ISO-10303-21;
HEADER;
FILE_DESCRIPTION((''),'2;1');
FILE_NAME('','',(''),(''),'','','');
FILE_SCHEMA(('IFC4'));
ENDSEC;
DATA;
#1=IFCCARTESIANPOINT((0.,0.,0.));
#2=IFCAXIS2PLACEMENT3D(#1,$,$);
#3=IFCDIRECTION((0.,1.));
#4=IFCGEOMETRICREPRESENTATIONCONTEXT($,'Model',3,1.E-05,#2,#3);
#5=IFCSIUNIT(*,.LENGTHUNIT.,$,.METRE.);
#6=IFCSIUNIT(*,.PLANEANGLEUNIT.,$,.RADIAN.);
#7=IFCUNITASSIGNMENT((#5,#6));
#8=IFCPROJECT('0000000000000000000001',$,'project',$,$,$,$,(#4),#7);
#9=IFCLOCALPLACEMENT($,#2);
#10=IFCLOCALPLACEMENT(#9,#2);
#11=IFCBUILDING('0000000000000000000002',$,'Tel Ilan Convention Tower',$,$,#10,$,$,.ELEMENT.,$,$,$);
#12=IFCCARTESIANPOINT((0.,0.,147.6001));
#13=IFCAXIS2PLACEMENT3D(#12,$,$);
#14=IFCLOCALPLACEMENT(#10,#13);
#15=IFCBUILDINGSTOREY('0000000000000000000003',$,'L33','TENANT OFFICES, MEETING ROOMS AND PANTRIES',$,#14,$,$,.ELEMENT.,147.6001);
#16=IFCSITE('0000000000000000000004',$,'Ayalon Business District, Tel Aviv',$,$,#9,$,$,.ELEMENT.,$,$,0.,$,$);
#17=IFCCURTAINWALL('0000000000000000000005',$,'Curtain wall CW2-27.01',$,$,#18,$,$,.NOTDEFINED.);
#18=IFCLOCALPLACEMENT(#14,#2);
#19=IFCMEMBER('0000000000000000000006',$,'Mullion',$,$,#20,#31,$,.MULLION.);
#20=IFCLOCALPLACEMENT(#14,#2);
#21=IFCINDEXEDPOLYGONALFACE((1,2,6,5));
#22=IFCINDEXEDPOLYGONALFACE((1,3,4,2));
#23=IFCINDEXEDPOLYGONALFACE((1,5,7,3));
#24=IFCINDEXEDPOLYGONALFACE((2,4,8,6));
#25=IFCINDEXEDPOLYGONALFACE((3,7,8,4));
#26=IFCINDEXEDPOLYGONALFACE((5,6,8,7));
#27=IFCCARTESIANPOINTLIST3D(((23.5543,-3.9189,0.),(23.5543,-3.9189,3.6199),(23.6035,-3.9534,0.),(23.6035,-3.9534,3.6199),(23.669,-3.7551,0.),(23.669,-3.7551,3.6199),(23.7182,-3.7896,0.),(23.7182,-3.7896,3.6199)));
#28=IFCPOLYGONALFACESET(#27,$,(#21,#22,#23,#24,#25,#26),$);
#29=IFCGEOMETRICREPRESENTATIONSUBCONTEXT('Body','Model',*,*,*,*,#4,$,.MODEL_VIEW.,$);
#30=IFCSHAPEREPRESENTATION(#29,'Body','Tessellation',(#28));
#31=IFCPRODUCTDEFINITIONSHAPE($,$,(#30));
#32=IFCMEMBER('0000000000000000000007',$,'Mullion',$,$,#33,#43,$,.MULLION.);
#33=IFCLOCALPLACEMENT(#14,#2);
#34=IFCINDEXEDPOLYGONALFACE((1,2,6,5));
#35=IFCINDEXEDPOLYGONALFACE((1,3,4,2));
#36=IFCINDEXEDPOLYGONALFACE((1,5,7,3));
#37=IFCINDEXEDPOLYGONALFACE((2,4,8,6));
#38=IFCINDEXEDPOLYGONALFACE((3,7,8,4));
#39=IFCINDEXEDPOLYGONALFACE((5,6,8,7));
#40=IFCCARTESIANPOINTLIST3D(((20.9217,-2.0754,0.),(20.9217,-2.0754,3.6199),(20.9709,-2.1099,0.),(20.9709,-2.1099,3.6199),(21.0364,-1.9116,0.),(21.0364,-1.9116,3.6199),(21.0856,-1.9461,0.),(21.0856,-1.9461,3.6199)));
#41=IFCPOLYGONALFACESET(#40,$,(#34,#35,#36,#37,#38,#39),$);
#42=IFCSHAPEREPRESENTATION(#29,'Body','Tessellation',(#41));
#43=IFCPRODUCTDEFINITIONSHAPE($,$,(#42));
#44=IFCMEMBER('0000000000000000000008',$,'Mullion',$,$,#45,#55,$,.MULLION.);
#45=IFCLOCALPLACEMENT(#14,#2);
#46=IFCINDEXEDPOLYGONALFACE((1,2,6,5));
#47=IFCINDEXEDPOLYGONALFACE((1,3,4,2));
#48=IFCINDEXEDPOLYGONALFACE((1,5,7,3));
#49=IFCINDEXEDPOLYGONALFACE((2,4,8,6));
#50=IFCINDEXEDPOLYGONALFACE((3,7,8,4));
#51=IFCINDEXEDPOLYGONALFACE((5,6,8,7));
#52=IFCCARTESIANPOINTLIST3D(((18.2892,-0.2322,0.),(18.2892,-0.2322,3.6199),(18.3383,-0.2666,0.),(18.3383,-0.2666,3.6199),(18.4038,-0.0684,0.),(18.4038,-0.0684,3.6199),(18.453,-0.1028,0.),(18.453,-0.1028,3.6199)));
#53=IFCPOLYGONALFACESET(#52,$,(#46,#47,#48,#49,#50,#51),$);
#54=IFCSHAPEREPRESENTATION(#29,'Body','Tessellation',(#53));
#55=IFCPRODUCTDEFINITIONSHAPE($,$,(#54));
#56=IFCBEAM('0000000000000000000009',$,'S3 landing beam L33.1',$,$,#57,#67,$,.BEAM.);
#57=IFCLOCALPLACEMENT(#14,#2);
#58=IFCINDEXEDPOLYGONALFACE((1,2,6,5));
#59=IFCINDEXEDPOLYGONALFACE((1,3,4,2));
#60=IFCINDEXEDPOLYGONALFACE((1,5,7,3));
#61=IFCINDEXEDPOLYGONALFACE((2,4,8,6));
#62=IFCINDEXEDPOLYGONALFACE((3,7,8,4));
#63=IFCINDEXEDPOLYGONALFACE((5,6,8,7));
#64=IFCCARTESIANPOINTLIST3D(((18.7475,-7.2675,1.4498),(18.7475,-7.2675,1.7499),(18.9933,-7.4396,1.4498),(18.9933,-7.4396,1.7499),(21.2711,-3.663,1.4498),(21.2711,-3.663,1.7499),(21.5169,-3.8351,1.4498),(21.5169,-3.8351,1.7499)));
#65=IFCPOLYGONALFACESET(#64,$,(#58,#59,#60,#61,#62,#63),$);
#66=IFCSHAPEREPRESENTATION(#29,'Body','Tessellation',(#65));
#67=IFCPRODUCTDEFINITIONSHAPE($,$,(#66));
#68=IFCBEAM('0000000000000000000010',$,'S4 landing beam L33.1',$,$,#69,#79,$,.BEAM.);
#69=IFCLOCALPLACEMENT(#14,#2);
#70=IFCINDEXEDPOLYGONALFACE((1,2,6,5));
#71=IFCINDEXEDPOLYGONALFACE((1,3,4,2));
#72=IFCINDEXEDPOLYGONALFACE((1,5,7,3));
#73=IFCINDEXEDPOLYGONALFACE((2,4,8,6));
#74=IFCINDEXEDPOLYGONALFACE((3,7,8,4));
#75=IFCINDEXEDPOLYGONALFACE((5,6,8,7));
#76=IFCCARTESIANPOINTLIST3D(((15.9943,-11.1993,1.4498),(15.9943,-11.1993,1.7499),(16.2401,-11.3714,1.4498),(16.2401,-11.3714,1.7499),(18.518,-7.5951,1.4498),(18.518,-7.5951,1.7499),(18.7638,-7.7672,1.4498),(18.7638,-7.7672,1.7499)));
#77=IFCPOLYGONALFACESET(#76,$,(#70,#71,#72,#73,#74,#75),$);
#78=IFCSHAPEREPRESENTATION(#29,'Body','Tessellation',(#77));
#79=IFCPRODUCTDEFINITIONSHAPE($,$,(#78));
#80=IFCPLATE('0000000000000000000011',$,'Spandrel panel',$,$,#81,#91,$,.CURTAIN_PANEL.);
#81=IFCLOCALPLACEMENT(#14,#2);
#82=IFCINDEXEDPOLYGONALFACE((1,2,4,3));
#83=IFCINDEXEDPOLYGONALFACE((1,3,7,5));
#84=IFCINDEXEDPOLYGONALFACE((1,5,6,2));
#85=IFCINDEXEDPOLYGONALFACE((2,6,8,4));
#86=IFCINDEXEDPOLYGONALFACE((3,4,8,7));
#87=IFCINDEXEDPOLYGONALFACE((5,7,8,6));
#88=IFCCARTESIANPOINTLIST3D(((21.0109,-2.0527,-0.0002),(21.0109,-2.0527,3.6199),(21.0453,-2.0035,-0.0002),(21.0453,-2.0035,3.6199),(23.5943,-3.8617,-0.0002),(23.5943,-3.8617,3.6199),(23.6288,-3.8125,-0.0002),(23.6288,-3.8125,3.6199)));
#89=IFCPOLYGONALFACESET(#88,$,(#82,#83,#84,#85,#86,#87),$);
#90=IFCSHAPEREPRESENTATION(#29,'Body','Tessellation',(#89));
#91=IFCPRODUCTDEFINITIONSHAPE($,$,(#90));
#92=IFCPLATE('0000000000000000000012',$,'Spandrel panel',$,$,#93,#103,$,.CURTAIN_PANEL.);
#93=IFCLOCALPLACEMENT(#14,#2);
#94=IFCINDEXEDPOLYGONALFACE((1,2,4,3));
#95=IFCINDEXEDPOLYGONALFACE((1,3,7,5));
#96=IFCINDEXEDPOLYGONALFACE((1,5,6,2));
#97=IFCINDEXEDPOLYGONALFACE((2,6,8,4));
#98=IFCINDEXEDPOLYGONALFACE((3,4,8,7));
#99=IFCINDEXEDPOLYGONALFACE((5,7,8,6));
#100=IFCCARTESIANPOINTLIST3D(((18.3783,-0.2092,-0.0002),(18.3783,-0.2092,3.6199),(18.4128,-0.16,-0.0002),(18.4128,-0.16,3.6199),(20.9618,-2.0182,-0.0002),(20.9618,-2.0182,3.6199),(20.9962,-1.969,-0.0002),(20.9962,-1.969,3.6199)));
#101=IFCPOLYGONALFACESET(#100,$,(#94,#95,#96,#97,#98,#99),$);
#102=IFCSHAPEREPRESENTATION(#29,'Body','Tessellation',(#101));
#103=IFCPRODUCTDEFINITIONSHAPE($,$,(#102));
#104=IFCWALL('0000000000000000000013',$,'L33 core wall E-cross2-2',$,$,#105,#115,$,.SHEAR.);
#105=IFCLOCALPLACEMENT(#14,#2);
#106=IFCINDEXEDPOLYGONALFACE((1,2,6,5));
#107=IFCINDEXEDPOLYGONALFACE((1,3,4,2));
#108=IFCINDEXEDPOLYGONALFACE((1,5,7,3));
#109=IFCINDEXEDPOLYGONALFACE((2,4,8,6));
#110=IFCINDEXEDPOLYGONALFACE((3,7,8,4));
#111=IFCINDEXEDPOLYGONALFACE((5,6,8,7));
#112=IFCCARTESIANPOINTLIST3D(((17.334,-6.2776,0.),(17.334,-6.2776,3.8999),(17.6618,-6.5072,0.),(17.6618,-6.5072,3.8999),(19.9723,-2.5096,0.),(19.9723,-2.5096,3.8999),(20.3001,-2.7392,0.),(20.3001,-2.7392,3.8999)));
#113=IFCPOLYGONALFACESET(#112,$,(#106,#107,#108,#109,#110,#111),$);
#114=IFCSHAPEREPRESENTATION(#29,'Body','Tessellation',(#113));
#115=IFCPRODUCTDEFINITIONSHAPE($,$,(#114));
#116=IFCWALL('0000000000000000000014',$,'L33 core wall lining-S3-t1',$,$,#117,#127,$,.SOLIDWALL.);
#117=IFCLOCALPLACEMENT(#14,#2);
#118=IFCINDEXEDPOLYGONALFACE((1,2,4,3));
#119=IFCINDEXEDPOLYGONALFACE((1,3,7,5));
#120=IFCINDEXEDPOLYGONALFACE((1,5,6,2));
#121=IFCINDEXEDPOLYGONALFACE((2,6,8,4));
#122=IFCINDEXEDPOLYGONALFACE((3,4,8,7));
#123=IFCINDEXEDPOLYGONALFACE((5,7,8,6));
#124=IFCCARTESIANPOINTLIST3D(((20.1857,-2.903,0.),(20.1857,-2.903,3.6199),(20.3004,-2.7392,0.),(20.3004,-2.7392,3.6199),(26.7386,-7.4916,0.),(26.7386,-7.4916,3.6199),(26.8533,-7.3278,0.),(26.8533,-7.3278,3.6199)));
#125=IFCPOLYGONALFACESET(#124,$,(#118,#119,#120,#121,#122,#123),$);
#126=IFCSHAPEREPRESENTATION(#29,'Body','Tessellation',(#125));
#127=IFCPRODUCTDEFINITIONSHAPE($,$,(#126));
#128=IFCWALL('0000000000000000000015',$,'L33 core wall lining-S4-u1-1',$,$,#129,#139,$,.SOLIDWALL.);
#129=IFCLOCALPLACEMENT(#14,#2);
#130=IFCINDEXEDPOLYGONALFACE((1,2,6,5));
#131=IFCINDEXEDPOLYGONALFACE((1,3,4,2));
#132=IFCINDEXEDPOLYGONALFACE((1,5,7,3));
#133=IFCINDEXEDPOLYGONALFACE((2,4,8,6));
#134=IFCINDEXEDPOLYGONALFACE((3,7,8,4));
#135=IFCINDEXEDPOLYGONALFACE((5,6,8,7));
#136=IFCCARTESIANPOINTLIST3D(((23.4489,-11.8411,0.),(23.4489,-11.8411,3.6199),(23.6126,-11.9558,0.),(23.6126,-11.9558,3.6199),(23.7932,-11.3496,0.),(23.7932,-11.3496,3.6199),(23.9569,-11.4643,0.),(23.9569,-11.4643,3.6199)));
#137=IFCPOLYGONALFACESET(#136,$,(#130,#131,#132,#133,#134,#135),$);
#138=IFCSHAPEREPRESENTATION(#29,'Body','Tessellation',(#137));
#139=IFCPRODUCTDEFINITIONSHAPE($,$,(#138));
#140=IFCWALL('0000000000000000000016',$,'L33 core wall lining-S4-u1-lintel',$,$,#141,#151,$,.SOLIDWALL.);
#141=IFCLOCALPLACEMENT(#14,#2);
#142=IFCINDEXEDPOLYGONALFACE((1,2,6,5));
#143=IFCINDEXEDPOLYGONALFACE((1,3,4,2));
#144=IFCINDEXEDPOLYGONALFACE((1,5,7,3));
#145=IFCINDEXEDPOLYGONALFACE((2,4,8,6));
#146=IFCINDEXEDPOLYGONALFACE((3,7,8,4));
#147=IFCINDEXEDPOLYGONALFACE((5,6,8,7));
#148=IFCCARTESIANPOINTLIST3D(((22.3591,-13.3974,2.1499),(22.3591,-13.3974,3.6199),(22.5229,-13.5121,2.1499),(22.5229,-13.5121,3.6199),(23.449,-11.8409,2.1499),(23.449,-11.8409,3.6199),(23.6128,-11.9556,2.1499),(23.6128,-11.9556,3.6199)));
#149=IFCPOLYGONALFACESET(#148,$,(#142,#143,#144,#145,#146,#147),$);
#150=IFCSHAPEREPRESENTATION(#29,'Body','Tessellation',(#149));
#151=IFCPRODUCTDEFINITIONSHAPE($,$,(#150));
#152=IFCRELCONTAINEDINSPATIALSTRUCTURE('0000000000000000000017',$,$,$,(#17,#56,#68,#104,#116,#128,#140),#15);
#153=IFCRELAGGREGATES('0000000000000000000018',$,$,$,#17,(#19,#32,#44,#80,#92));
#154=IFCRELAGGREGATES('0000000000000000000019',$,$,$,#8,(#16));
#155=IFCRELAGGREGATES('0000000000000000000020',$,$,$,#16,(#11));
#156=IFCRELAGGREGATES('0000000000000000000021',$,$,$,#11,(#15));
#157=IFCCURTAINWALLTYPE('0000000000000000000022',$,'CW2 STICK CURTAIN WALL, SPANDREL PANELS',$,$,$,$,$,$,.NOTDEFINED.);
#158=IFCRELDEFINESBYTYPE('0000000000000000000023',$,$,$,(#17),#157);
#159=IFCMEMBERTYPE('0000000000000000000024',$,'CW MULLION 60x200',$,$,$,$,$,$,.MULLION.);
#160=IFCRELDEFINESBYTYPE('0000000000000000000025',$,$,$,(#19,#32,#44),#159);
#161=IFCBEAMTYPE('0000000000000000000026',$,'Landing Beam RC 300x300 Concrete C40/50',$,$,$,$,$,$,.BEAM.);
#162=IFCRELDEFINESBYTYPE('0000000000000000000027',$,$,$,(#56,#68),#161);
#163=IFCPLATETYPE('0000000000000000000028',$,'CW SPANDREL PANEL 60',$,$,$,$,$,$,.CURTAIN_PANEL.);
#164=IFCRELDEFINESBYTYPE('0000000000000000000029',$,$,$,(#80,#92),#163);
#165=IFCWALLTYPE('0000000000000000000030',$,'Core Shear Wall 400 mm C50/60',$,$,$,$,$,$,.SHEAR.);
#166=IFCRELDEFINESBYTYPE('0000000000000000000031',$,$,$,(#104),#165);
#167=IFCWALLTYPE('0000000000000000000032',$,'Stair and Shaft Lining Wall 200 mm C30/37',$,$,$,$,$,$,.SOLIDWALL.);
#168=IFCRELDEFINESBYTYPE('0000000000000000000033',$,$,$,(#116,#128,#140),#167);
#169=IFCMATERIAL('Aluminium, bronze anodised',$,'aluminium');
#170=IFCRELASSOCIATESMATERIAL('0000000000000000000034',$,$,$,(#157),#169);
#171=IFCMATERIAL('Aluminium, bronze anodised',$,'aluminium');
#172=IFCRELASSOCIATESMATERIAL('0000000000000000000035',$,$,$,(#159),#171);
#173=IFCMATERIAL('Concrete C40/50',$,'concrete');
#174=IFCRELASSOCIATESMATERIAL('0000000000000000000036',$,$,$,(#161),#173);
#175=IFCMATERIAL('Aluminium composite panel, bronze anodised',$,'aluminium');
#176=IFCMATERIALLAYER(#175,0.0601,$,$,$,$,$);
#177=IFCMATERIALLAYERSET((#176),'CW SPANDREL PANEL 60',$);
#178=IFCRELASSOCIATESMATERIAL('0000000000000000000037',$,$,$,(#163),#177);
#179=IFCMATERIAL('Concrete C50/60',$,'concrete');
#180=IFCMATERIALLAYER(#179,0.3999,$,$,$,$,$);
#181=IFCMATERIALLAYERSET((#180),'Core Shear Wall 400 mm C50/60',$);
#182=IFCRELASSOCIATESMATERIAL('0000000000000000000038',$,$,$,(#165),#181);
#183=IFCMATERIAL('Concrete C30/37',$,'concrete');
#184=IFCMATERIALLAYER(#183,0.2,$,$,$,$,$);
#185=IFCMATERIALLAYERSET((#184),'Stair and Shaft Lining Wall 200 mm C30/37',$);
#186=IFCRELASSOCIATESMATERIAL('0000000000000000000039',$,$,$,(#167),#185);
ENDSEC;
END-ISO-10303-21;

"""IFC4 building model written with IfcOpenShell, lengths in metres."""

from ifc_helpers import new_model, si_unit, direction, frame, frame_2d, origin, origin_2d, place, context, subcontext, project, spatial, polyline, rectangle, outline, extrude, material, layer, layer_set, material_profile, profile_set, type_object, element, aggregate, save


model = new_model("IFC4")

# Units and contexts
model_context = context("Model", 3, precision=1e-05, world=origin(), true_north=direction((0.0, 1.0)))
body_context = subcontext(model_context, "Body", "Model", "MODEL_VIEW")
ifc_project = project(units=[si_unit("LENGTHUNIT", "METRE"), si_unit("PLANEANGLEUNIT", "RADIAN")], contexts=[model_context])

# Site, building, storey
site_placement = place(None, origin())
site = spatial("IfcSite", under=ifc_project, at=site_placement, Name="Ayalon Business District, Tel Aviv", CompositionType="ELEMENT", RefElevation=0.0)
building_placement = place(site_placement, origin())
building = spatial("IfcBuilding", under=site, at=building_placement, Name="Tel Ilan Convention Tower", CompositionType="ELEMENT")
storey_placement = place(building_placement, frame((0.0, 0.0, 147.6001)))
storey = spatial("IfcBuildingStorey", under=building, at=storey_placement, Name="L33", Description="TENANT OFFICES, MEETING ROOMS AND PANTRIES", CompositionType="ELEMENT", Elevation=147.6001)

# Curtain wall, members
ifc_material_1 = material(Name="Aluminium, bronze anodised", Category="aluminium")
curtain_wall_type = type_object("IfcCurtainWallType", Name="CW2 STICK CURTAIN WALL, SPANDREL PANELS", PredefinedType="NOTDEFINED", material=ifc_material_1)
curtain_wall_placement = place(storey_placement, origin())
curtain_wall = element("IfcCurtainWall", 1, at=curtain_wall_placement, inside=storey, type_object=curtain_wall_type, Name="Curtain wall CW2-27.01", PredefinedType="NOTDEFINED")
ifc_material_2 = material(Name="Aluminium, bronze anodised", Category="aluminium")
ifc_material_profile_1 = material_profile(ifc_material_2, rectangle(XDim=0.0601, YDim=0.2, at=origin_2d()), Name="CW MULLION 60x200")
ifc_profile_set_1 = profile_set([ifc_material_profile_1], Name="Aluminium, bronze anodised")
member_type = type_object("IfcMemberType", Name="CW MULLION 60x200", PredefinedType="MULLION", material=ifc_profile_set_1)
member_1_placement = place(storey_placement, frame((23.6362, -3.8542, 0.0), z_axis=(0.0, 0.0, 1.0), x_axis=(-0.819152, 0.573576, 0.0)))
member_1 = element("IfcMember", 2, at=member_1_placement, type_object=member_type, Name="Mullion", PredefinedType="MULLION", context=body_context, shape_type="SweptSolid", body=[
    extrude(rectangle(XDim=0.0601, YDim=0.2, at=origin_2d()), origin(), (0.0, 0.0, 1.0), 3.6199),
])
member_2_placement = place(storey_placement, frame((21.0037, -2.0107, 0.0), z_axis=(0.0, 0.0, 1.0), x_axis=(-0.819152, 0.573576, 0.0)))
member_2 = element("IfcMember", 3, at=member_2_placement, type_object=member_type, Name="Mullion", PredefinedType="MULLION", context=body_context, shape_type="SweptSolid", body=[
    extrude(rectangle(XDim=0.0601, YDim=0.2, at=origin_2d()), origin(), (0.0, 0.0, 1.0), 3.6199),
])
member_3_placement = place(storey_placement, frame((18.3711, -0.1675, 0.0), z_axis=(0.0, 0.0, 1.0), x_axis=(-0.819152, 0.573576, 0.0)))
member_3 = element("IfcMember", 4, at=member_3_placement, type_object=member_type, Name="Mullion", PredefinedType="MULLION", context=body_context, shape_type="SweptSolid", body=[
    extrude(rectangle(XDim=0.0601, YDim=0.2, at=origin_2d()), origin(), (0.0, 0.0, 1.0), 3.6199),
])

# Beams
ifc_material_3 = material(Name="Concrete C40/50", Category="concrete")
ifc_material_profile_2 = material_profile(ifc_material_3, rectangle(XDim=0.3, YDim=0.3, at=origin_2d()), Name="RC 300x300")
ifc_profile_set_2 = profile_set([ifc_material_profile_2], Name="Concrete C40/50")
beam_type = type_object("IfcBeamType", Name="Landing Beam RC 300x300 Concrete C40/50", PredefinedType="BEAM", material=ifc_profile_set_2)
beam_1_placement = place(storey_placement, frame((21.394, -3.749, 1.5999), z_axis=(-0.573544, -0.819175, 0.0), x_axis=(0.819175, -0.573544, 0.0)))
element("IfcBeam", 5, at=beam_1_placement, inside=storey, type_object=beam_type, Name="S3 landing beam L33.1", PredefinedType="BEAM", context=body_context, shape_type="SweptSolid", body=[
    extrude(rectangle(XDim=0.3, YDim=0.3, at=origin_2d()), origin(), (0.0, 0.0, 1.0), 4.4001),
])
beam_2_placement = place(storey_placement, frame((18.6409, -7.6812, 1.5999), z_axis=(-0.57357, -0.819156, 0.0), x_axis=(0.819156, -0.57357, 0.0)))
element("IfcBeam", 6, at=beam_2_placement, inside=storey, type_object=beam_type, Name="S4 landing beam L33.1", PredefinedType="BEAM", context=body_context, shape_type="SweptSolid", body=[
    extrude(rectangle(XDim=0.3, YDim=0.3, at=origin_2d()), origin(), (0.0, 0.0, 1.0), 4.3999),
])

# Plates
ifc_material_4 = material(Name="Aluminium composite panel, bronze anodised", Category="aluminium")
ifc_layer_1 = layer(ifc_material_4, 0.0601)
ifc_layer_set_1 = layer_set([ifc_layer_1], Name="CW SPANDREL PANEL 60")
plate_type = type_object("IfcPlateType", Name="CW SPANDREL PANEL 60", PredefinedType="CURTAIN_PANEL", material=ifc_layer_set_1)
plate_1_placement = place(storey_placement, frame((22.3198, -2.9326, -0.0002), z_axis=(0.0, 0.0, 1.0), x_axis=(-0.819152, 0.573576, 0.0)))
plate_1 = element("IfcPlate", 7, at=plate_1_placement, type_object=plate_type, Name="Spandrel panel", PredefinedType="CURTAIN_PANEL", context=body_context, shape_type="SweptSolid", body=[
    extrude(rectangle(XDim=3.1538, YDim=0.0601, at=origin_2d()), origin(), (0.0, 0.0, 1.0), 3.6201),
])
plate_2_placement = place(storey_placement, frame((19.6873, -1.0891, -0.0002), z_axis=(0.0, 0.0, 1.0), x_axis=(-0.819152, 0.573576, 0.0)))
plate_2 = element("IfcPlate", 8, at=plate_2_placement, type_object=plate_type, Name="Spandrel panel", PredefinedType="CURTAIN_PANEL", context=body_context, shape_type="SweptSolid", body=[
    extrude(rectangle(XDim=3.1538, YDim=0.0601, at=origin_2d()), origin(), (0.0, 0.0, 1.0), 3.6201),
])
aggregate(curtain_wall, [member_1, member_2, member_3, plate_1, plate_2])

# Walls
ifc_material_5 = material(Name="Concrete C50/60", Category="concrete")
ifc_layer_2 = layer(ifc_material_5, 0.3999)
ifc_layer_set_2 = layer_set([ifc_layer_2], Name="Core Shear Wall 400 mm C50/60")
wall_type_1 = type_object("IfcWallType", Name="Core Shear Wall 400 mm C50/60", PredefinedType="SHEAR", material=ifc_layer_set_2)
wall_1_placement = place(storey_placement, frame((17.4978, -6.3923, 0.0), z_axis=(0.0, 0.0, 1.0), x_axis=(0.573612, 0.819127, 0.0)))
element("IfcWall", 9, at=wall_1_placement, inside=storey, type_object=wall_type_1, Name="L33 core wall E-cross2-2", PredefinedType="SHEAR", context=body_context, shape_type="SweptSolid", body=[
    extrude(outline(polyline([(4.5999, -0.2), (4.5999, 0.2002), (0.0, 0.2), (0.0, -0.2002), (4.5999, -0.2)])), origin(), (0.0, 0.0, 1.0), 3.8999),
])
ifc_material_6 = material(Name="Concrete C30/37", Category="concrete")
ifc_layer_3 = layer(ifc_material_6, 0.2)
ifc_layer_set_3 = layer_set([ifc_layer_3], Name="Stair and Shaft Lining Wall 200 mm C30/37")
wall_type_2 = type_object("IfcWallType", Name="Stair and Shaft Lining Wall 200 mm C30/37", PredefinedType="SOLIDWALL", material=ifc_layer_set_3)
wall_2_placement = place(storey_placement, frame((20.2429, -2.821, 0.0), z_axis=(0.0, 0.0, 1.0), x_axis=(0.819142, -0.573591, 0.0)))
element("IfcWall", 10, at=wall_2_placement, inside=storey, type_object=wall_type_2, Name="L33 core wall lining-S3-t1", PredefinedType="SOLIDWALL", context=body_context, shape_type="SweptSolid", body=[
    extrude(rectangle(XDim=7.9998, YDim=0.2, at=frame_2d((4.0, 0.0))), origin(), (0.0, 0.0, 1.0), 3.6199),
])
wall_3_placement = place(storey_placement, frame((23.5308, -11.8984, 0.0), z_axis=(0.0, 0.0, 1.0), x_axis=(0.573708, 0.81906, 0.0)))
element("IfcWall", 11, at=wall_3_placement, inside=storey, type_object=wall_type_2, Name="L33 core wall lining-S4-u1-1", PredefinedType="SOLIDWALL", context=body_context, shape_type="SweptSolid", body=[
    extrude(rectangle(XDim=0.6001, YDim=0.2, at=frame_2d((0.3, 0.0))), origin(), (0.0, 0.0, 1.0), 3.6199),
])
wall_4_placement = place(storey_placement, frame((22.4409, -13.4548, 2.1499), z_axis=(0.0, 0.0, 1.0), x_axis=(0.573592, 0.819141, 0.0)))
element("IfcWall", 12, at=wall_4_placement, inside=storey, type_object=wall_type_2, Name="L33 core wall lining-S4-u1-lintel", PredefinedType="SOLIDWALL", context=body_context, shape_type="SweptSolid", body=[
    extrude(rectangle(XDim=1.9001, YDim=0.2, at=frame_2d((0.9502, 0.0))), origin(), (0.0, 0.0, 1.0), 1.47),
])

save(model, "model.ifc")
